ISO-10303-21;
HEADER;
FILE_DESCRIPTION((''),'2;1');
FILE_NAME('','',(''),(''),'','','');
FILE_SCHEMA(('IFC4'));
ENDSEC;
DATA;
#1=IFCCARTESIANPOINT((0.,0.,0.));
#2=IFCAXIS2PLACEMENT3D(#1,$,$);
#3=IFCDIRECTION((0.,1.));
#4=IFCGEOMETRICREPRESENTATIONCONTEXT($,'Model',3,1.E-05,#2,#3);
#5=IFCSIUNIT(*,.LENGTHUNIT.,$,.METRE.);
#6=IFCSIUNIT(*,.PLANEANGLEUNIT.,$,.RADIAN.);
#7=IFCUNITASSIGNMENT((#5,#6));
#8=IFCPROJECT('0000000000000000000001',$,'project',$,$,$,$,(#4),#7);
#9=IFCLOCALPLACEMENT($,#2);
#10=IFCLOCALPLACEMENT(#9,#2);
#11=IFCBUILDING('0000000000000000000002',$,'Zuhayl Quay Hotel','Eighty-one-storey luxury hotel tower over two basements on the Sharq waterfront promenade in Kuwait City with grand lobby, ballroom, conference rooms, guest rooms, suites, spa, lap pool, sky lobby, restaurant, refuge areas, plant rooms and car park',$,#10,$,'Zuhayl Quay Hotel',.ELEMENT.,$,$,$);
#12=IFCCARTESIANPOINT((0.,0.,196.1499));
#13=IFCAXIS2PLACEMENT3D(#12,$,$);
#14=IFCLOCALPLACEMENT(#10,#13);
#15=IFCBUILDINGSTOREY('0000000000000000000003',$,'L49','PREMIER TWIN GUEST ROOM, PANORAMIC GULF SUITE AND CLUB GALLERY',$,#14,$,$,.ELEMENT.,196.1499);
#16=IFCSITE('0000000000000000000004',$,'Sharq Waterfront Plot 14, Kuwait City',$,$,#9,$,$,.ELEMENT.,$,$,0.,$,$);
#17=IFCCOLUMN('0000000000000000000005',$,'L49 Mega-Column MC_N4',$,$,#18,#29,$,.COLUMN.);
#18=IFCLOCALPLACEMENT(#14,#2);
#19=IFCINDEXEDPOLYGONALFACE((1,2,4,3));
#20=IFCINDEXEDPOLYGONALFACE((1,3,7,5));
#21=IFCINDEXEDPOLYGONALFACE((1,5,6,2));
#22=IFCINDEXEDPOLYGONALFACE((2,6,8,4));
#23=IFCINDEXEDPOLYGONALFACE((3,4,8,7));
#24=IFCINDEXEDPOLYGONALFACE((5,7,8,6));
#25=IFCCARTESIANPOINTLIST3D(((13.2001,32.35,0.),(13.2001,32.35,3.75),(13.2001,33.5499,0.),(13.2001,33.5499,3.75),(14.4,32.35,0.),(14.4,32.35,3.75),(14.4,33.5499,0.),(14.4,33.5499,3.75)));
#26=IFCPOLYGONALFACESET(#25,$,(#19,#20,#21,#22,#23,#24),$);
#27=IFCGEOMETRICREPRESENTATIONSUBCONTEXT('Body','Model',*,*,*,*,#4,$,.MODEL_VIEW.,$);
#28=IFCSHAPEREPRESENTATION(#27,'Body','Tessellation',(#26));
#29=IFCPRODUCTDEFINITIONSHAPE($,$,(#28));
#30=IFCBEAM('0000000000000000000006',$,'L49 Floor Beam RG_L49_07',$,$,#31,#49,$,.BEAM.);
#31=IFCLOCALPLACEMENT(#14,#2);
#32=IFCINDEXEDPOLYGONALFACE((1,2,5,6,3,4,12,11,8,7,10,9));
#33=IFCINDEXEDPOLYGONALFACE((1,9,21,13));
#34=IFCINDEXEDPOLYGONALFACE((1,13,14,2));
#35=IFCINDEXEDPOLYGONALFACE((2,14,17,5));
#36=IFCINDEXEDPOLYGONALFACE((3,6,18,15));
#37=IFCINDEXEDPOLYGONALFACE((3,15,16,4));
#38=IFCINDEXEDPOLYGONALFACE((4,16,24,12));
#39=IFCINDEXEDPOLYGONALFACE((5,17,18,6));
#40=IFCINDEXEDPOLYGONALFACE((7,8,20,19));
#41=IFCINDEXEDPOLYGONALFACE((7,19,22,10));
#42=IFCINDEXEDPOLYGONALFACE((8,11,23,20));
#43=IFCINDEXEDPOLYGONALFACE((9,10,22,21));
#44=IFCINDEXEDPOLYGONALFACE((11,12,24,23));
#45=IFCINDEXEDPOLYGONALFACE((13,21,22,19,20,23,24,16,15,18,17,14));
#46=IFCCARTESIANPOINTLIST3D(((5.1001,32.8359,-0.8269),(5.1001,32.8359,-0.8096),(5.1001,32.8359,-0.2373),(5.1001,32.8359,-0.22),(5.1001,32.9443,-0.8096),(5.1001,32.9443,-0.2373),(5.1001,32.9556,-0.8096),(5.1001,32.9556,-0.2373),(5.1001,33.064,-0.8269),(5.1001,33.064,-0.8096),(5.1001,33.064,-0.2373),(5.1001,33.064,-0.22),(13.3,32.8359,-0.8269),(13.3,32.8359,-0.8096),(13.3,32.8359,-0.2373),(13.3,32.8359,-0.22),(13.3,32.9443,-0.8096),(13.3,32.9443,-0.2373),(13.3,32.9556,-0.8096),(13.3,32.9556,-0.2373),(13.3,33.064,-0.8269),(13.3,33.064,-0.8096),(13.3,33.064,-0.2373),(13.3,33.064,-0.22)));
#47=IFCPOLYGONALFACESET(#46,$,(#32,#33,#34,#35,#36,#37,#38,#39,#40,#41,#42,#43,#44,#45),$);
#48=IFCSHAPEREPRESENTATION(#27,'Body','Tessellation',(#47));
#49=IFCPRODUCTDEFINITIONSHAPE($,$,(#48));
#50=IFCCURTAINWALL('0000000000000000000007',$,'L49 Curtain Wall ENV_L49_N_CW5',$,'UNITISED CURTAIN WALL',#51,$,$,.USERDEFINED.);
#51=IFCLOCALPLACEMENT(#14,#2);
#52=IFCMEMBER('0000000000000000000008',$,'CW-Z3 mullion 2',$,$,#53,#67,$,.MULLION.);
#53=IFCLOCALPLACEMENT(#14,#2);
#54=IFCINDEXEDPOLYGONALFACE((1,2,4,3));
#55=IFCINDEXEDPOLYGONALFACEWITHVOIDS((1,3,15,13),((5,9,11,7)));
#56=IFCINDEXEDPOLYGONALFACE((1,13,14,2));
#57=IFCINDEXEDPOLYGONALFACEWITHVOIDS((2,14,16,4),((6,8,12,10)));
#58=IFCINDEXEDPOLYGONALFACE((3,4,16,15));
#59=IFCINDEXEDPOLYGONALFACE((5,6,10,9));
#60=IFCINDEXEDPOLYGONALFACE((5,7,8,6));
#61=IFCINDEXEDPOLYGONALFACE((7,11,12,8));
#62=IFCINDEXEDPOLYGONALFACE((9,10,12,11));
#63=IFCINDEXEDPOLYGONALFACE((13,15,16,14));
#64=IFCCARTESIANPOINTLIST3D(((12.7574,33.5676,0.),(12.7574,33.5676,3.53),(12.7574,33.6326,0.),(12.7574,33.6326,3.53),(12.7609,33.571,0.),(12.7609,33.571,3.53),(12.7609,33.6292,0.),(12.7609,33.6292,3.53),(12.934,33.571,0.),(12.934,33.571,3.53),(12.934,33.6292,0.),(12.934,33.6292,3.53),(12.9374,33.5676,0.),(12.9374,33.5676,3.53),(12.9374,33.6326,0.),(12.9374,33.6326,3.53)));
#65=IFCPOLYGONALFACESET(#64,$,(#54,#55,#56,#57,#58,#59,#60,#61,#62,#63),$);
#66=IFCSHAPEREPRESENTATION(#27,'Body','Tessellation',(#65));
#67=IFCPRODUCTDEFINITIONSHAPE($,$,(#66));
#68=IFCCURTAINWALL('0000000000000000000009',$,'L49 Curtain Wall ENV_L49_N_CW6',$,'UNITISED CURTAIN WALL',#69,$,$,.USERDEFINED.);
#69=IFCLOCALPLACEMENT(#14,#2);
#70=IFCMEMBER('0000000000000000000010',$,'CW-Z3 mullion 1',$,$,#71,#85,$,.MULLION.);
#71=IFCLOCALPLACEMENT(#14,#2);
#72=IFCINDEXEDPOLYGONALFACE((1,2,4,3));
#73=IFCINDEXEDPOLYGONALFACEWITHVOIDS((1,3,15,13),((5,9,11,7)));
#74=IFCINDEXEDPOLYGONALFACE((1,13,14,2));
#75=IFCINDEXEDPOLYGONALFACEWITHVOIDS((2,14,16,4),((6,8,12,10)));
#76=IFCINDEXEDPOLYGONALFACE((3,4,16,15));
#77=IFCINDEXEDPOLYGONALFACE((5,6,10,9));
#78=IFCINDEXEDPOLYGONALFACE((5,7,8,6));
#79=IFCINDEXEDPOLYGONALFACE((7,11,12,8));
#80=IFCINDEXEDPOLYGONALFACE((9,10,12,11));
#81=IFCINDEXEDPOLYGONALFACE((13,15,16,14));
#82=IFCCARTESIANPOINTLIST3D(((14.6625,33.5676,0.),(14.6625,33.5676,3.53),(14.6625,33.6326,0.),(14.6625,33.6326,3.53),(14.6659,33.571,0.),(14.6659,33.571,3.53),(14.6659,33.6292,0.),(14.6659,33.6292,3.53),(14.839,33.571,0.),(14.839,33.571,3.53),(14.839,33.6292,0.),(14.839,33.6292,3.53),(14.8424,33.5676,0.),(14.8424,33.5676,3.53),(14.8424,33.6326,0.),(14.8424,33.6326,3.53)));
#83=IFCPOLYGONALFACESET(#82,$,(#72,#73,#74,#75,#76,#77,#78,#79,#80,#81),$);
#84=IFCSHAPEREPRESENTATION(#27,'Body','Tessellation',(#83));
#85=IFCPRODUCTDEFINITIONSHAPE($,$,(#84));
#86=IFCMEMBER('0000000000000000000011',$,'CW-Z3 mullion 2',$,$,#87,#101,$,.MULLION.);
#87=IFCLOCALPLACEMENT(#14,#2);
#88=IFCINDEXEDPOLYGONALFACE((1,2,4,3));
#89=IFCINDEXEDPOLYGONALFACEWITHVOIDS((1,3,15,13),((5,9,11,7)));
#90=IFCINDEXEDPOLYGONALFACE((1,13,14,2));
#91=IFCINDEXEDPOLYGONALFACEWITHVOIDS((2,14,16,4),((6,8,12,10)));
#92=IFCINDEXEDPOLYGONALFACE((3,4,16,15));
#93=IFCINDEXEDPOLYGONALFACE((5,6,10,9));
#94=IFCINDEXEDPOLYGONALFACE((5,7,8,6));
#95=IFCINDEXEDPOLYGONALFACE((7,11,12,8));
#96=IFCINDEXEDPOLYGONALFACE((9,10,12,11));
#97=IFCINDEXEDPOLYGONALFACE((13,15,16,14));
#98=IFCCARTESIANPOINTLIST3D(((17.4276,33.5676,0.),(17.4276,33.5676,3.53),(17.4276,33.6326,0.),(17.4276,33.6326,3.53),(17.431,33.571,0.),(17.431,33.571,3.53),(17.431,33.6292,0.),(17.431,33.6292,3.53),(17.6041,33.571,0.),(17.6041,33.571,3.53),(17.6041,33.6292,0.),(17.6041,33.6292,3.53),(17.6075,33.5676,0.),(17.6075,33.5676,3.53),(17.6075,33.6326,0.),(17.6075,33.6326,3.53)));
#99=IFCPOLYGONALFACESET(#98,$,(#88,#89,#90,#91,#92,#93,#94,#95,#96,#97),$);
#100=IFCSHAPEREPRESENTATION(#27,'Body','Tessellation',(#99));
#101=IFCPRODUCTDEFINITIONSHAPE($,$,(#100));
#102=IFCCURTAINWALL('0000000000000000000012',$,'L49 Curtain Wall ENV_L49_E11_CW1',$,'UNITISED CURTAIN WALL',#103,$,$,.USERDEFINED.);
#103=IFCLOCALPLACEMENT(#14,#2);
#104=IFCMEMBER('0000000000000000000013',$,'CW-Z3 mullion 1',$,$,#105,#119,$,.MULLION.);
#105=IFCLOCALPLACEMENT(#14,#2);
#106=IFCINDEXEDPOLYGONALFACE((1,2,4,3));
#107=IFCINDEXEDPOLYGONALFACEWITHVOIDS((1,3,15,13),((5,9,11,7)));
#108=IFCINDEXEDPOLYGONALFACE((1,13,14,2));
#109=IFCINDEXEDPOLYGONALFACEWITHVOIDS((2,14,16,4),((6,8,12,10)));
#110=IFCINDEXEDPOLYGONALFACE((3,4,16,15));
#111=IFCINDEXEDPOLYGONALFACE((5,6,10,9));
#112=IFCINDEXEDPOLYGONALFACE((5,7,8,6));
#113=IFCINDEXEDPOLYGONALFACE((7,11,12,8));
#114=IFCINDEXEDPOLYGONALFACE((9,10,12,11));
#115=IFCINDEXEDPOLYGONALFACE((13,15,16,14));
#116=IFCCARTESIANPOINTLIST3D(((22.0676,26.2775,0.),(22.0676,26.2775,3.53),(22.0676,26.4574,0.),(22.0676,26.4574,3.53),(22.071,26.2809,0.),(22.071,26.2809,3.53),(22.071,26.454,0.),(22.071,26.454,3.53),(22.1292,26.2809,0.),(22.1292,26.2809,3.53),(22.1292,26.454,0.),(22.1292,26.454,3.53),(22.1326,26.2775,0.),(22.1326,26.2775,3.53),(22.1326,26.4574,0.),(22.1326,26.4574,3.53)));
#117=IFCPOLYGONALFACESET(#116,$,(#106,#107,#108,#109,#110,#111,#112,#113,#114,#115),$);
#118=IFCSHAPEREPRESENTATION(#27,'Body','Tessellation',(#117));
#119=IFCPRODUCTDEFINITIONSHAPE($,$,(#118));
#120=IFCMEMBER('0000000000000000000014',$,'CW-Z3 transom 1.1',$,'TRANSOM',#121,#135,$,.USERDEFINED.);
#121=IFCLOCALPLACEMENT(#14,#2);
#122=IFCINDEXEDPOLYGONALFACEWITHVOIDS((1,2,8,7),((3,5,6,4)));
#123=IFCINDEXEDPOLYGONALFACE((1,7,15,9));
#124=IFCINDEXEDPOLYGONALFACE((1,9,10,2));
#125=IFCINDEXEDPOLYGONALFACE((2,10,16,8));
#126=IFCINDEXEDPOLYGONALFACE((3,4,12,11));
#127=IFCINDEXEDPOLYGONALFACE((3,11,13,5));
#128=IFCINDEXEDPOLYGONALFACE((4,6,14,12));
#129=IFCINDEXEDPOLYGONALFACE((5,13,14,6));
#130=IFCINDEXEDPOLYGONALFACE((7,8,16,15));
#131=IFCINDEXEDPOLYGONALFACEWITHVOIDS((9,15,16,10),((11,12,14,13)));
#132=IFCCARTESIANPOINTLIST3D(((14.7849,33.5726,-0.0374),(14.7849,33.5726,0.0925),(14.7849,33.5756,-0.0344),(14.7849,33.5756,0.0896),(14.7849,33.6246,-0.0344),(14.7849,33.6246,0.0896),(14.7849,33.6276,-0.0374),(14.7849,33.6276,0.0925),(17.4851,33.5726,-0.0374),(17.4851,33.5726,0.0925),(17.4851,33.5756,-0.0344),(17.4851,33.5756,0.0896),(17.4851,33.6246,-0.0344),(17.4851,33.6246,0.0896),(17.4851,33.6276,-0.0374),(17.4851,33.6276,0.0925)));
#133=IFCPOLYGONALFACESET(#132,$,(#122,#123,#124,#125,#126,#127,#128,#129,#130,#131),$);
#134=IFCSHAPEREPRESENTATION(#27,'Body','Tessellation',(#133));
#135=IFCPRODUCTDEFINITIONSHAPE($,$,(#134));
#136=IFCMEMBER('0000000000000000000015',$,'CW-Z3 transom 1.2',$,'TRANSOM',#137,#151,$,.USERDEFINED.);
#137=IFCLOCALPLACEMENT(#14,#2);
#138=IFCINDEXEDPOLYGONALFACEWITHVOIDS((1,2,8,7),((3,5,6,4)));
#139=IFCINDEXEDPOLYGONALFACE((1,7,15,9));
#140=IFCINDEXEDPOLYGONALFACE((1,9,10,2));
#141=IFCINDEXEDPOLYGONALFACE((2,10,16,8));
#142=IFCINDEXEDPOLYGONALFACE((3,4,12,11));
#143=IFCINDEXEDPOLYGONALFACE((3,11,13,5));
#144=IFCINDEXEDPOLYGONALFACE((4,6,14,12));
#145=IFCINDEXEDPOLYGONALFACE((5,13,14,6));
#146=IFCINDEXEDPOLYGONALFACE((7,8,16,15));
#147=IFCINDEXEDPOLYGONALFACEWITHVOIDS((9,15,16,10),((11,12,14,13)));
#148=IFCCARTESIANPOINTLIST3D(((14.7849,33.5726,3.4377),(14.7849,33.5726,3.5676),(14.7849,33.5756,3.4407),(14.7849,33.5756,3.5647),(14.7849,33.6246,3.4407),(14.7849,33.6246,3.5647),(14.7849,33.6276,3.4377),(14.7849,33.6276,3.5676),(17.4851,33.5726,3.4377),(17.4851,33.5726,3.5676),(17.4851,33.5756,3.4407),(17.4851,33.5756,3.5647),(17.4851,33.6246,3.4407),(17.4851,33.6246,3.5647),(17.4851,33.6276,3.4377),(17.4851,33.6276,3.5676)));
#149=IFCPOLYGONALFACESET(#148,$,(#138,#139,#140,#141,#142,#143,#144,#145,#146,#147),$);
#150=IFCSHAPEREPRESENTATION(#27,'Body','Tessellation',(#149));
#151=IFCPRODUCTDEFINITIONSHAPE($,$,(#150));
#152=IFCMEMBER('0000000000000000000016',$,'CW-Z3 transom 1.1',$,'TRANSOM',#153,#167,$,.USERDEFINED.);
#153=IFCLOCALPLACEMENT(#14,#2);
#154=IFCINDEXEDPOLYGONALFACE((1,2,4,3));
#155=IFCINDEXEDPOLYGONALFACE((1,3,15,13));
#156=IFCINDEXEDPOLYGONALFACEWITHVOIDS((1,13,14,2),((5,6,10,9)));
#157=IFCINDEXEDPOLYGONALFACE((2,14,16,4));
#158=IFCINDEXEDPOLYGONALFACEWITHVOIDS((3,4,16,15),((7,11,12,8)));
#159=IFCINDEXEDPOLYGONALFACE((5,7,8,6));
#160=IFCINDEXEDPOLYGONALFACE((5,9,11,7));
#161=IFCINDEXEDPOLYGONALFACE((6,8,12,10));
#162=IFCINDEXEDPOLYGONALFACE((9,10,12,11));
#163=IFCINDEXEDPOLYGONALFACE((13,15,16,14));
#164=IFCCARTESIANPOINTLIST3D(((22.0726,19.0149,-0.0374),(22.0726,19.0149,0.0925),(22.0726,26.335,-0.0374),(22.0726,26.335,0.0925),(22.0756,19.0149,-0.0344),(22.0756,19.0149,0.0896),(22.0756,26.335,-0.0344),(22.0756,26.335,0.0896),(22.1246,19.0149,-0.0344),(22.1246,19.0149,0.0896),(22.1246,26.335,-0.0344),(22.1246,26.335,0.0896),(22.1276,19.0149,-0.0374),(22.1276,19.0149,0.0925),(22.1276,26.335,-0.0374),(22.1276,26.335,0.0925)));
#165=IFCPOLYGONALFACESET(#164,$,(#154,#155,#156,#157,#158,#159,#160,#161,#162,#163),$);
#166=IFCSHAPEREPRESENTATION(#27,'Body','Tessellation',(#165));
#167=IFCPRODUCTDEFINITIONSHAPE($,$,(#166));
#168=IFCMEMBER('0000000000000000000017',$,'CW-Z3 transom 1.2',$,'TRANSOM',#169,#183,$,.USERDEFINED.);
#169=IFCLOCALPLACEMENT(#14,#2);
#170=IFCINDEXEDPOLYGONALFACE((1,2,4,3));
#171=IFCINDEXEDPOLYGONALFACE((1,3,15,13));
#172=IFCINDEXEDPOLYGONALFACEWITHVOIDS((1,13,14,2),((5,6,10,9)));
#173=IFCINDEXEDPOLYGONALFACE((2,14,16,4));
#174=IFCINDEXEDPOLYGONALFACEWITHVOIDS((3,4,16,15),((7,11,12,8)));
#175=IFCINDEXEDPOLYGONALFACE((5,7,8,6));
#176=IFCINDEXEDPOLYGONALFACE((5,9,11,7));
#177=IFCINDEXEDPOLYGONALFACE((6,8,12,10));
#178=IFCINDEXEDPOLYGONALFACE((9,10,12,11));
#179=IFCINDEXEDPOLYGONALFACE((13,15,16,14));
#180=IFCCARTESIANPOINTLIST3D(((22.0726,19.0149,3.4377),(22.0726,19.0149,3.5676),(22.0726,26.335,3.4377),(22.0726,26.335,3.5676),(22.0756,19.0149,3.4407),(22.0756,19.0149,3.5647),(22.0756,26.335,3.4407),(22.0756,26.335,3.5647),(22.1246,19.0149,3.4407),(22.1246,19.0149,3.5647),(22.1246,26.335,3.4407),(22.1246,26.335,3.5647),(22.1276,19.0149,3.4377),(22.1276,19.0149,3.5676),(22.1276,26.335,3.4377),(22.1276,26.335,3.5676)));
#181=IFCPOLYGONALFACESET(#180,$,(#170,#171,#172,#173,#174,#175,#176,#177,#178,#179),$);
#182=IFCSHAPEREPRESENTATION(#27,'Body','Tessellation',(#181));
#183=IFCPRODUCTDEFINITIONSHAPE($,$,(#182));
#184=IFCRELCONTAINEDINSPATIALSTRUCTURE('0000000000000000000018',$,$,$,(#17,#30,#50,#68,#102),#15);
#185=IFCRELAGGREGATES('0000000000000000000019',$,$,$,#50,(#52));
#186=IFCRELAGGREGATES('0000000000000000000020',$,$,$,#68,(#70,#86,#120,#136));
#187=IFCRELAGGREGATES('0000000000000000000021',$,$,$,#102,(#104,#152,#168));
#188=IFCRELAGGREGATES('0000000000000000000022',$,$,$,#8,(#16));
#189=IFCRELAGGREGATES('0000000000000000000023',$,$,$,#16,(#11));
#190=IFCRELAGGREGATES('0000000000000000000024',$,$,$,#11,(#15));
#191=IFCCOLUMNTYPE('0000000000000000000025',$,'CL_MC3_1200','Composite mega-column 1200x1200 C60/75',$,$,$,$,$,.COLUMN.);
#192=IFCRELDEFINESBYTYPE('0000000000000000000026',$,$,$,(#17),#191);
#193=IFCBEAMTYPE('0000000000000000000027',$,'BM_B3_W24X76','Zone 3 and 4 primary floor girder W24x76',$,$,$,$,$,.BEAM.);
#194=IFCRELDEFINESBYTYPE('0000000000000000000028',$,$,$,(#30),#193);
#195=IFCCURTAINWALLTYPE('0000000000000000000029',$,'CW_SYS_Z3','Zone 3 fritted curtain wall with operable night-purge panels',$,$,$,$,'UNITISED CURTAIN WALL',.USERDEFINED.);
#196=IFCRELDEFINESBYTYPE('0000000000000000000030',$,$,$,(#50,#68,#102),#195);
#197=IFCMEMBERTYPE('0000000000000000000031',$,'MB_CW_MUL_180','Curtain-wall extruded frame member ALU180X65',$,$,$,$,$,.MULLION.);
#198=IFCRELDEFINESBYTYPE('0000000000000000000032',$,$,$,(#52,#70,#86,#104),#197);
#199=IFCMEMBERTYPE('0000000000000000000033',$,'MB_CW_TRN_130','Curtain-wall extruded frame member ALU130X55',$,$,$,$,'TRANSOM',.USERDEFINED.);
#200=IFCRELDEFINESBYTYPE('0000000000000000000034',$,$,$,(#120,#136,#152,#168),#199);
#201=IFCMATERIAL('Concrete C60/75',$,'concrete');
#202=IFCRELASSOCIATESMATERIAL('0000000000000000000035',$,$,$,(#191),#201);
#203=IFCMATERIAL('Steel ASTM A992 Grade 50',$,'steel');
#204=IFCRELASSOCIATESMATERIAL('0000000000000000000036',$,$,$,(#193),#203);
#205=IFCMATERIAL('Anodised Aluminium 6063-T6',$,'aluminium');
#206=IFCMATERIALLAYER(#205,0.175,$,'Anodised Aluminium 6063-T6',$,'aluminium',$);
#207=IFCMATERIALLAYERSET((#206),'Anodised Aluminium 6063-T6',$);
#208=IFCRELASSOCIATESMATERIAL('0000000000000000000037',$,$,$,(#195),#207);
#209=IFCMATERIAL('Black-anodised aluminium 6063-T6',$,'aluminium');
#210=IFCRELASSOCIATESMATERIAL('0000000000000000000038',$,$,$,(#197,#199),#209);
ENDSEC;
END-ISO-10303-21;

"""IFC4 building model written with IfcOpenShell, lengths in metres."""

from ifc_helpers import new_model, si_unit, direction, frame, origin, origin_2d, place, context, subcontext, project, spatial, rectangle, hollow_rectangle, i_section, extrude, material, layer, layer_set, material_profile, profile_set, type_object, element, aggregate, save


model = new_model("IFC4")

# Units and contexts
model_context = context("Model", 3, precision=1e-05, world=origin(), true_north=direction((0.0, 1.0)))
body_context = subcontext(model_context, "Body", "Model", "MODEL_VIEW")
ifc_project = project(units=[si_unit("LENGTHUNIT", "METRE"), si_unit("PLANEANGLEUNIT", "RADIAN")], contexts=[model_context])

# Site, building, storey
site_placement = place(None, origin())
site = spatial("IfcSite", under=ifc_project, at=site_placement, Name="Sharq Waterfront Plot 14, Kuwait City", CompositionType="ELEMENT", RefElevation=0.0)
building_placement = place(site_placement, origin())
building = spatial("IfcBuilding", under=site, at=building_placement, Name="Zuhayl Quay Hotel", Description="Eighty-one-storey luxury hotel tower over two basements on the Sharq waterfront promenade in Kuwait City with grand lobby, ballroom, conference rooms, guest rooms, suites, spa, lap pool, sky lobby, restaurant, refuge areas, plant rooms and car park", LongName="Zuhayl Quay Hotel", CompositionType="ELEMENT")
storey_placement = place(building_placement, frame((0.0, 0.0, 196.1499)))
storey = spatial("IfcBuildingStorey", under=building, at=storey_placement, Name="L49", Description="PREMIER TWIN GUEST ROOM, PANORAMIC GULF SUITE AND CLUB GALLERY", CompositionType="ELEMENT", Elevation=196.1499)

# Column
ifc_material_1 = material(Name="Concrete C60/75", Category="concrete")
ifc_material_profile_1 = material_profile(ifc_material_1, rectangle(XDim=1.2, YDim=1.2, at=origin_2d()), Name="RC1200X1200")
ifc_profile_set_1 = profile_set([ifc_material_profile_1], Name="Concrete C60/75")
column_type = type_object("IfcColumnType", Name="CL_MC3_1200", Description="Composite mega-column 1200x1200 C60/75", PredefinedType="COLUMN", material=ifc_profile_set_1)
column_placement = place(storey_placement, frame((13.8, 32.95, 0.0), z_axis=(0.0, 0.0, 1.0), x_axis=(1.0, 0.0, 0.0)))
element("IfcColumn", 1, at=column_placement, inside=storey, type_object=column_type, Name="L49 Mega-Column MC_N4", PredefinedType="COLUMN", context=body_context, shape_type="SweptSolid", body=[
    extrude(rectangle(XDim=1.2, YDim=1.2, at=origin_2d()), origin(), (0.0, 0.0, 1.0), 3.75),
])

# Beam
ifc_material_2 = material(Name="Steel ASTM A992 Grade 50", Category="steel")
ifc_material_profile_2 = material_profile(ifc_material_2, i_section(OverallWidth=0.228, OverallDepth=0.6069, WebThickness=0.0112, FlangeThickness=0.0173, at=origin_2d()), Name="W24X76")
ifc_profile_set_2 = profile_set([ifc_material_profile_2], Name="Steel ASTM A992 Grade 50")
beam_type = type_object("IfcBeamType", Name="BM_B3_W24X76", Description="Zone 3 and 4 primary floor girder W24x76", PredefinedType="BEAM", material=ifc_profile_set_2)
beam_placement = place(storey_placement, frame((13.3, 32.95, -0.5234), z_axis=(-1.0, 0.0, 0.0), x_axis=(0.0, -1.0, 0.0)))
element("IfcBeam", 2, at=beam_placement, inside=storey, type_object=beam_type, Name="L49 Floor Beam RG_L49_07", PredefinedType="BEAM", context=body_context, shape_type="SweptSolid", body=[
    extrude(i_section(OverallWidth=0.228, OverallDepth=0.6069, WebThickness=0.0112, FlangeThickness=0.0173, at=origin_2d()), origin(), (0.0, 0.0, 1.0), 8.2),
])

# Curtain wall, member
ifc_material_3 = material(Name="Anodised Aluminium 6063-T6", Category="aluminium")
ifc_layer_1 = layer(ifc_material_3, 0.175, Name="Anodised Aluminium 6063-T6", Category="aluminium")
ifc_layer_set_1 = layer_set([ifc_layer_1], Name="Anodised Aluminium 6063-T6")
curtain_wall_type = type_object("IfcCurtainWallType", Name="CW_SYS_Z3", Description="Zone 3 fritted curtain wall with operable night-purge panels", ElementType="UNITISED CURTAIN WALL", PredefinedType="USERDEFINED", material=ifc_layer_set_1)
curtain_wall_1_placement = place(storey_placement, origin())
curtain_wall_1 = element("IfcCurtainWall", 3, at=curtain_wall_1_placement, inside=storey, type_object=curtain_wall_type, Name="L49 Curtain Wall ENV_L49_N_CW5", ObjectType="UNITISED CURTAIN WALL", PredefinedType="USERDEFINED")
ifc_material_4 = material(Name="Black-anodised aluminium 6063-T6", Category="aluminium")
ifc_material_profile_3 = material_profile(ifc_material_4, hollow_rectangle(XDim=0.0649, YDim=0.1799, WallThickness=0.0034, at=origin_2d()), Name="ALU180X65")
ifc_profile_set_3 = profile_set([ifc_material_profile_3], Name="Black-anodised aluminium 6063-T6")
member_type_1 = type_object("IfcMemberType", Name="MB_CW_MUL_180", Description="Curtain-wall extruded frame member ALU180X65", PredefinedType="MULLION", material=ifc_profile_set_3)
member_1_placement = place(storey_placement, frame((12.8474, 33.6001, 0.0), z_axis=(0.0, 0.0, 1.0), x_axis=(0.0, 1.0, 0.0)))
member_1 = element("IfcMember", 4, at=member_1_placement, type_object=member_type_1, Name="CW-Z3 mullion 2", PredefinedType="MULLION", context=body_context, shape_type="SweptSolid", body=[
    extrude(hollow_rectangle(XDim=0.0649, YDim=0.1799, WallThickness=0.0034, at=origin_2d()), origin(), (0.0, 0.0, 1.0), 3.53),
])

# Curtain wall, members
curtain_wall_2_placement = place(storey_placement, origin())
curtain_wall_2 = element("IfcCurtainWall", 5, at=curtain_wall_2_placement, inside=storey, type_object=curtain_wall_type, Name="L49 Curtain Wall ENV_L49_N_CW6", ObjectType="UNITISED CURTAIN WALL", PredefinedType="USERDEFINED")
member_2_placement = place(storey_placement, frame((14.7524, 33.6001, 0.0), z_axis=(0.0, 0.0, 1.0), x_axis=(0.0, 1.0, 0.0)))
member_2 = element("IfcMember", 6, at=member_2_placement, type_object=member_type_1, Name="CW-Z3 mullion 1", PredefinedType="MULLION", context=body_context, shape_type="SweptSolid", body=[
    extrude(hollow_rectangle(XDim=0.0649, YDim=0.1799, WallThickness=0.0034, at=origin_2d()), origin(), (0.0, 0.0, 1.0), 3.53),
])
member_3_placement = place(storey_placement, frame((17.5176, 33.6001, 0.0), z_axis=(0.0, 0.0, 1.0), x_axis=(0.0, 1.0, 0.0)))
member_3 = element("IfcMember", 7, at=member_3_placement, type_object=member_type_1, Name="CW-Z3 mullion 2", PredefinedType="MULLION", context=body_context, shape_type="SweptSolid", body=[
    extrude(hollow_rectangle(XDim=0.0649, YDim=0.1799, WallThickness=0.0034, at=origin_2d()), origin(), (0.0, 0.0, 1.0), 3.53),
])

# Curtain wall, member
curtain_wall_3_placement = place(storey_placement, origin())
curtain_wall_3 = element("IfcCurtainWall", 8, at=curtain_wall_3_placement, inside=storey, type_object=curtain_wall_type, Name="L49 Curtain Wall ENV_L49_E11_CW1", ObjectType="UNITISED CURTAIN WALL", PredefinedType="USERDEFINED")
member_4_placement = place(storey_placement, frame((22.1001, 26.3674, 0.0), z_axis=(0.0, 0.0, 1.0), x_axis=(1.0, 0.0, 0.0)))
member_4 = element("IfcMember", 9, at=member_4_placement, type_object=member_type_1, Name="CW-Z3 mullion 1", PredefinedType="MULLION", context=body_context, shape_type="SweptSolid", body=[
    extrude(hollow_rectangle(XDim=0.0649, YDim=0.1799, WallThickness=0.0034, at=origin_2d()), origin(), (0.0, 0.0, 1.0), 3.53),
])

# Members
ifc_material_profile_4 = material_profile(ifc_material_4, hollow_rectangle(XDim=0.0549, YDim=0.1299, WallThickness=0.0029, at=origin_2d()), Name="ALU130X55")
ifc_profile_set_4 = profile_set([ifc_material_profile_4], Name="Black-anodised aluminium 6063-T6")
member_type_2 = type_object("IfcMemberType", Name="MB_CW_TRN_130", Description="Curtain-wall extruded frame member ALU130X55", ElementType="TRANSOM", PredefinedType="USERDEFINED", material=ifc_profile_set_4)
member_5_placement = place(storey_placement, frame((14.7849, 33.6001, 0.0276), z_axis=(1.0, 0.0, 0.0), x_axis=(0.0, 1.0, 0.0)))
member_5 = element("IfcMember", 10, at=member_5_placement, type_object=member_type_2, Name="CW-Z3 transom 1.1", ObjectType="TRANSOM", PredefinedType="USERDEFINED", context=body_context, shape_type="SweptSolid", body=[
    extrude(hollow_rectangle(XDim=0.0549, YDim=0.1299, WallThickness=0.0029, at=origin_2d()), origin(), (0.0, 0.0, 1.0), 2.7002),
])
member_6_placement = place(storey_placement, frame((14.7849, 33.6001, 3.5027), z_axis=(1.0, 0.0, 0.0), x_axis=(0.0, 1.0, 0.0)))
member_6 = element("IfcMember", 11, at=member_6_placement, type_object=member_type_2, Name="CW-Z3 transom 1.2", ObjectType="TRANSOM", PredefinedType="USERDEFINED", context=body_context, shape_type="SweptSolid", body=[
    extrude(hollow_rectangle(XDim=0.0549, YDim=0.1299, WallThickness=0.0029, at=origin_2d()), origin(), (0.0, 0.0, 1.0), 2.7002),
])
member_7_placement = place(storey_placement, frame((22.1001, 26.335, 0.0276), z_axis=(0.0, -1.0, 0.0), x_axis=(1.0, 0.0, 0.0)))
member_7 = element("IfcMember", 12, at=member_7_placement, type_object=member_type_2, Name="CW-Z3 transom 1.1", ObjectType="TRANSOM", PredefinedType="USERDEFINED", context=body_context, shape_type="SweptSolid", body=[
    extrude(hollow_rectangle(XDim=0.0549, YDim=0.1299, WallThickness=0.0029, at=origin_2d()), origin(), (0.0, 0.0, 1.0), 7.3201),
])
member_8_placement = place(storey_placement, frame((22.1001, 26.335, 3.5027), z_axis=(0.0, -1.0, 0.0), x_axis=(1.0, 0.0, 0.0)))
member_8 = element("IfcMember", 13, at=member_8_placement, type_object=member_type_2, Name="CW-Z3 transom 1.2", ObjectType="TRANSOM", PredefinedType="USERDEFINED", context=body_context, shape_type="SweptSolid", body=[
    extrude(hollow_rectangle(XDim=0.0549, YDim=0.1299, WallThickness=0.0029, at=origin_2d()), origin(), (0.0, 0.0, 1.0), 7.3201),
])

aggregate(curtain_wall_1, [member_1])
aggregate(curtain_wall_2, [member_2, member_3, member_5, member_6])
aggregate(curtain_wall_3, [member_4, member_7, member_8])

save(model, "model.ifc")
